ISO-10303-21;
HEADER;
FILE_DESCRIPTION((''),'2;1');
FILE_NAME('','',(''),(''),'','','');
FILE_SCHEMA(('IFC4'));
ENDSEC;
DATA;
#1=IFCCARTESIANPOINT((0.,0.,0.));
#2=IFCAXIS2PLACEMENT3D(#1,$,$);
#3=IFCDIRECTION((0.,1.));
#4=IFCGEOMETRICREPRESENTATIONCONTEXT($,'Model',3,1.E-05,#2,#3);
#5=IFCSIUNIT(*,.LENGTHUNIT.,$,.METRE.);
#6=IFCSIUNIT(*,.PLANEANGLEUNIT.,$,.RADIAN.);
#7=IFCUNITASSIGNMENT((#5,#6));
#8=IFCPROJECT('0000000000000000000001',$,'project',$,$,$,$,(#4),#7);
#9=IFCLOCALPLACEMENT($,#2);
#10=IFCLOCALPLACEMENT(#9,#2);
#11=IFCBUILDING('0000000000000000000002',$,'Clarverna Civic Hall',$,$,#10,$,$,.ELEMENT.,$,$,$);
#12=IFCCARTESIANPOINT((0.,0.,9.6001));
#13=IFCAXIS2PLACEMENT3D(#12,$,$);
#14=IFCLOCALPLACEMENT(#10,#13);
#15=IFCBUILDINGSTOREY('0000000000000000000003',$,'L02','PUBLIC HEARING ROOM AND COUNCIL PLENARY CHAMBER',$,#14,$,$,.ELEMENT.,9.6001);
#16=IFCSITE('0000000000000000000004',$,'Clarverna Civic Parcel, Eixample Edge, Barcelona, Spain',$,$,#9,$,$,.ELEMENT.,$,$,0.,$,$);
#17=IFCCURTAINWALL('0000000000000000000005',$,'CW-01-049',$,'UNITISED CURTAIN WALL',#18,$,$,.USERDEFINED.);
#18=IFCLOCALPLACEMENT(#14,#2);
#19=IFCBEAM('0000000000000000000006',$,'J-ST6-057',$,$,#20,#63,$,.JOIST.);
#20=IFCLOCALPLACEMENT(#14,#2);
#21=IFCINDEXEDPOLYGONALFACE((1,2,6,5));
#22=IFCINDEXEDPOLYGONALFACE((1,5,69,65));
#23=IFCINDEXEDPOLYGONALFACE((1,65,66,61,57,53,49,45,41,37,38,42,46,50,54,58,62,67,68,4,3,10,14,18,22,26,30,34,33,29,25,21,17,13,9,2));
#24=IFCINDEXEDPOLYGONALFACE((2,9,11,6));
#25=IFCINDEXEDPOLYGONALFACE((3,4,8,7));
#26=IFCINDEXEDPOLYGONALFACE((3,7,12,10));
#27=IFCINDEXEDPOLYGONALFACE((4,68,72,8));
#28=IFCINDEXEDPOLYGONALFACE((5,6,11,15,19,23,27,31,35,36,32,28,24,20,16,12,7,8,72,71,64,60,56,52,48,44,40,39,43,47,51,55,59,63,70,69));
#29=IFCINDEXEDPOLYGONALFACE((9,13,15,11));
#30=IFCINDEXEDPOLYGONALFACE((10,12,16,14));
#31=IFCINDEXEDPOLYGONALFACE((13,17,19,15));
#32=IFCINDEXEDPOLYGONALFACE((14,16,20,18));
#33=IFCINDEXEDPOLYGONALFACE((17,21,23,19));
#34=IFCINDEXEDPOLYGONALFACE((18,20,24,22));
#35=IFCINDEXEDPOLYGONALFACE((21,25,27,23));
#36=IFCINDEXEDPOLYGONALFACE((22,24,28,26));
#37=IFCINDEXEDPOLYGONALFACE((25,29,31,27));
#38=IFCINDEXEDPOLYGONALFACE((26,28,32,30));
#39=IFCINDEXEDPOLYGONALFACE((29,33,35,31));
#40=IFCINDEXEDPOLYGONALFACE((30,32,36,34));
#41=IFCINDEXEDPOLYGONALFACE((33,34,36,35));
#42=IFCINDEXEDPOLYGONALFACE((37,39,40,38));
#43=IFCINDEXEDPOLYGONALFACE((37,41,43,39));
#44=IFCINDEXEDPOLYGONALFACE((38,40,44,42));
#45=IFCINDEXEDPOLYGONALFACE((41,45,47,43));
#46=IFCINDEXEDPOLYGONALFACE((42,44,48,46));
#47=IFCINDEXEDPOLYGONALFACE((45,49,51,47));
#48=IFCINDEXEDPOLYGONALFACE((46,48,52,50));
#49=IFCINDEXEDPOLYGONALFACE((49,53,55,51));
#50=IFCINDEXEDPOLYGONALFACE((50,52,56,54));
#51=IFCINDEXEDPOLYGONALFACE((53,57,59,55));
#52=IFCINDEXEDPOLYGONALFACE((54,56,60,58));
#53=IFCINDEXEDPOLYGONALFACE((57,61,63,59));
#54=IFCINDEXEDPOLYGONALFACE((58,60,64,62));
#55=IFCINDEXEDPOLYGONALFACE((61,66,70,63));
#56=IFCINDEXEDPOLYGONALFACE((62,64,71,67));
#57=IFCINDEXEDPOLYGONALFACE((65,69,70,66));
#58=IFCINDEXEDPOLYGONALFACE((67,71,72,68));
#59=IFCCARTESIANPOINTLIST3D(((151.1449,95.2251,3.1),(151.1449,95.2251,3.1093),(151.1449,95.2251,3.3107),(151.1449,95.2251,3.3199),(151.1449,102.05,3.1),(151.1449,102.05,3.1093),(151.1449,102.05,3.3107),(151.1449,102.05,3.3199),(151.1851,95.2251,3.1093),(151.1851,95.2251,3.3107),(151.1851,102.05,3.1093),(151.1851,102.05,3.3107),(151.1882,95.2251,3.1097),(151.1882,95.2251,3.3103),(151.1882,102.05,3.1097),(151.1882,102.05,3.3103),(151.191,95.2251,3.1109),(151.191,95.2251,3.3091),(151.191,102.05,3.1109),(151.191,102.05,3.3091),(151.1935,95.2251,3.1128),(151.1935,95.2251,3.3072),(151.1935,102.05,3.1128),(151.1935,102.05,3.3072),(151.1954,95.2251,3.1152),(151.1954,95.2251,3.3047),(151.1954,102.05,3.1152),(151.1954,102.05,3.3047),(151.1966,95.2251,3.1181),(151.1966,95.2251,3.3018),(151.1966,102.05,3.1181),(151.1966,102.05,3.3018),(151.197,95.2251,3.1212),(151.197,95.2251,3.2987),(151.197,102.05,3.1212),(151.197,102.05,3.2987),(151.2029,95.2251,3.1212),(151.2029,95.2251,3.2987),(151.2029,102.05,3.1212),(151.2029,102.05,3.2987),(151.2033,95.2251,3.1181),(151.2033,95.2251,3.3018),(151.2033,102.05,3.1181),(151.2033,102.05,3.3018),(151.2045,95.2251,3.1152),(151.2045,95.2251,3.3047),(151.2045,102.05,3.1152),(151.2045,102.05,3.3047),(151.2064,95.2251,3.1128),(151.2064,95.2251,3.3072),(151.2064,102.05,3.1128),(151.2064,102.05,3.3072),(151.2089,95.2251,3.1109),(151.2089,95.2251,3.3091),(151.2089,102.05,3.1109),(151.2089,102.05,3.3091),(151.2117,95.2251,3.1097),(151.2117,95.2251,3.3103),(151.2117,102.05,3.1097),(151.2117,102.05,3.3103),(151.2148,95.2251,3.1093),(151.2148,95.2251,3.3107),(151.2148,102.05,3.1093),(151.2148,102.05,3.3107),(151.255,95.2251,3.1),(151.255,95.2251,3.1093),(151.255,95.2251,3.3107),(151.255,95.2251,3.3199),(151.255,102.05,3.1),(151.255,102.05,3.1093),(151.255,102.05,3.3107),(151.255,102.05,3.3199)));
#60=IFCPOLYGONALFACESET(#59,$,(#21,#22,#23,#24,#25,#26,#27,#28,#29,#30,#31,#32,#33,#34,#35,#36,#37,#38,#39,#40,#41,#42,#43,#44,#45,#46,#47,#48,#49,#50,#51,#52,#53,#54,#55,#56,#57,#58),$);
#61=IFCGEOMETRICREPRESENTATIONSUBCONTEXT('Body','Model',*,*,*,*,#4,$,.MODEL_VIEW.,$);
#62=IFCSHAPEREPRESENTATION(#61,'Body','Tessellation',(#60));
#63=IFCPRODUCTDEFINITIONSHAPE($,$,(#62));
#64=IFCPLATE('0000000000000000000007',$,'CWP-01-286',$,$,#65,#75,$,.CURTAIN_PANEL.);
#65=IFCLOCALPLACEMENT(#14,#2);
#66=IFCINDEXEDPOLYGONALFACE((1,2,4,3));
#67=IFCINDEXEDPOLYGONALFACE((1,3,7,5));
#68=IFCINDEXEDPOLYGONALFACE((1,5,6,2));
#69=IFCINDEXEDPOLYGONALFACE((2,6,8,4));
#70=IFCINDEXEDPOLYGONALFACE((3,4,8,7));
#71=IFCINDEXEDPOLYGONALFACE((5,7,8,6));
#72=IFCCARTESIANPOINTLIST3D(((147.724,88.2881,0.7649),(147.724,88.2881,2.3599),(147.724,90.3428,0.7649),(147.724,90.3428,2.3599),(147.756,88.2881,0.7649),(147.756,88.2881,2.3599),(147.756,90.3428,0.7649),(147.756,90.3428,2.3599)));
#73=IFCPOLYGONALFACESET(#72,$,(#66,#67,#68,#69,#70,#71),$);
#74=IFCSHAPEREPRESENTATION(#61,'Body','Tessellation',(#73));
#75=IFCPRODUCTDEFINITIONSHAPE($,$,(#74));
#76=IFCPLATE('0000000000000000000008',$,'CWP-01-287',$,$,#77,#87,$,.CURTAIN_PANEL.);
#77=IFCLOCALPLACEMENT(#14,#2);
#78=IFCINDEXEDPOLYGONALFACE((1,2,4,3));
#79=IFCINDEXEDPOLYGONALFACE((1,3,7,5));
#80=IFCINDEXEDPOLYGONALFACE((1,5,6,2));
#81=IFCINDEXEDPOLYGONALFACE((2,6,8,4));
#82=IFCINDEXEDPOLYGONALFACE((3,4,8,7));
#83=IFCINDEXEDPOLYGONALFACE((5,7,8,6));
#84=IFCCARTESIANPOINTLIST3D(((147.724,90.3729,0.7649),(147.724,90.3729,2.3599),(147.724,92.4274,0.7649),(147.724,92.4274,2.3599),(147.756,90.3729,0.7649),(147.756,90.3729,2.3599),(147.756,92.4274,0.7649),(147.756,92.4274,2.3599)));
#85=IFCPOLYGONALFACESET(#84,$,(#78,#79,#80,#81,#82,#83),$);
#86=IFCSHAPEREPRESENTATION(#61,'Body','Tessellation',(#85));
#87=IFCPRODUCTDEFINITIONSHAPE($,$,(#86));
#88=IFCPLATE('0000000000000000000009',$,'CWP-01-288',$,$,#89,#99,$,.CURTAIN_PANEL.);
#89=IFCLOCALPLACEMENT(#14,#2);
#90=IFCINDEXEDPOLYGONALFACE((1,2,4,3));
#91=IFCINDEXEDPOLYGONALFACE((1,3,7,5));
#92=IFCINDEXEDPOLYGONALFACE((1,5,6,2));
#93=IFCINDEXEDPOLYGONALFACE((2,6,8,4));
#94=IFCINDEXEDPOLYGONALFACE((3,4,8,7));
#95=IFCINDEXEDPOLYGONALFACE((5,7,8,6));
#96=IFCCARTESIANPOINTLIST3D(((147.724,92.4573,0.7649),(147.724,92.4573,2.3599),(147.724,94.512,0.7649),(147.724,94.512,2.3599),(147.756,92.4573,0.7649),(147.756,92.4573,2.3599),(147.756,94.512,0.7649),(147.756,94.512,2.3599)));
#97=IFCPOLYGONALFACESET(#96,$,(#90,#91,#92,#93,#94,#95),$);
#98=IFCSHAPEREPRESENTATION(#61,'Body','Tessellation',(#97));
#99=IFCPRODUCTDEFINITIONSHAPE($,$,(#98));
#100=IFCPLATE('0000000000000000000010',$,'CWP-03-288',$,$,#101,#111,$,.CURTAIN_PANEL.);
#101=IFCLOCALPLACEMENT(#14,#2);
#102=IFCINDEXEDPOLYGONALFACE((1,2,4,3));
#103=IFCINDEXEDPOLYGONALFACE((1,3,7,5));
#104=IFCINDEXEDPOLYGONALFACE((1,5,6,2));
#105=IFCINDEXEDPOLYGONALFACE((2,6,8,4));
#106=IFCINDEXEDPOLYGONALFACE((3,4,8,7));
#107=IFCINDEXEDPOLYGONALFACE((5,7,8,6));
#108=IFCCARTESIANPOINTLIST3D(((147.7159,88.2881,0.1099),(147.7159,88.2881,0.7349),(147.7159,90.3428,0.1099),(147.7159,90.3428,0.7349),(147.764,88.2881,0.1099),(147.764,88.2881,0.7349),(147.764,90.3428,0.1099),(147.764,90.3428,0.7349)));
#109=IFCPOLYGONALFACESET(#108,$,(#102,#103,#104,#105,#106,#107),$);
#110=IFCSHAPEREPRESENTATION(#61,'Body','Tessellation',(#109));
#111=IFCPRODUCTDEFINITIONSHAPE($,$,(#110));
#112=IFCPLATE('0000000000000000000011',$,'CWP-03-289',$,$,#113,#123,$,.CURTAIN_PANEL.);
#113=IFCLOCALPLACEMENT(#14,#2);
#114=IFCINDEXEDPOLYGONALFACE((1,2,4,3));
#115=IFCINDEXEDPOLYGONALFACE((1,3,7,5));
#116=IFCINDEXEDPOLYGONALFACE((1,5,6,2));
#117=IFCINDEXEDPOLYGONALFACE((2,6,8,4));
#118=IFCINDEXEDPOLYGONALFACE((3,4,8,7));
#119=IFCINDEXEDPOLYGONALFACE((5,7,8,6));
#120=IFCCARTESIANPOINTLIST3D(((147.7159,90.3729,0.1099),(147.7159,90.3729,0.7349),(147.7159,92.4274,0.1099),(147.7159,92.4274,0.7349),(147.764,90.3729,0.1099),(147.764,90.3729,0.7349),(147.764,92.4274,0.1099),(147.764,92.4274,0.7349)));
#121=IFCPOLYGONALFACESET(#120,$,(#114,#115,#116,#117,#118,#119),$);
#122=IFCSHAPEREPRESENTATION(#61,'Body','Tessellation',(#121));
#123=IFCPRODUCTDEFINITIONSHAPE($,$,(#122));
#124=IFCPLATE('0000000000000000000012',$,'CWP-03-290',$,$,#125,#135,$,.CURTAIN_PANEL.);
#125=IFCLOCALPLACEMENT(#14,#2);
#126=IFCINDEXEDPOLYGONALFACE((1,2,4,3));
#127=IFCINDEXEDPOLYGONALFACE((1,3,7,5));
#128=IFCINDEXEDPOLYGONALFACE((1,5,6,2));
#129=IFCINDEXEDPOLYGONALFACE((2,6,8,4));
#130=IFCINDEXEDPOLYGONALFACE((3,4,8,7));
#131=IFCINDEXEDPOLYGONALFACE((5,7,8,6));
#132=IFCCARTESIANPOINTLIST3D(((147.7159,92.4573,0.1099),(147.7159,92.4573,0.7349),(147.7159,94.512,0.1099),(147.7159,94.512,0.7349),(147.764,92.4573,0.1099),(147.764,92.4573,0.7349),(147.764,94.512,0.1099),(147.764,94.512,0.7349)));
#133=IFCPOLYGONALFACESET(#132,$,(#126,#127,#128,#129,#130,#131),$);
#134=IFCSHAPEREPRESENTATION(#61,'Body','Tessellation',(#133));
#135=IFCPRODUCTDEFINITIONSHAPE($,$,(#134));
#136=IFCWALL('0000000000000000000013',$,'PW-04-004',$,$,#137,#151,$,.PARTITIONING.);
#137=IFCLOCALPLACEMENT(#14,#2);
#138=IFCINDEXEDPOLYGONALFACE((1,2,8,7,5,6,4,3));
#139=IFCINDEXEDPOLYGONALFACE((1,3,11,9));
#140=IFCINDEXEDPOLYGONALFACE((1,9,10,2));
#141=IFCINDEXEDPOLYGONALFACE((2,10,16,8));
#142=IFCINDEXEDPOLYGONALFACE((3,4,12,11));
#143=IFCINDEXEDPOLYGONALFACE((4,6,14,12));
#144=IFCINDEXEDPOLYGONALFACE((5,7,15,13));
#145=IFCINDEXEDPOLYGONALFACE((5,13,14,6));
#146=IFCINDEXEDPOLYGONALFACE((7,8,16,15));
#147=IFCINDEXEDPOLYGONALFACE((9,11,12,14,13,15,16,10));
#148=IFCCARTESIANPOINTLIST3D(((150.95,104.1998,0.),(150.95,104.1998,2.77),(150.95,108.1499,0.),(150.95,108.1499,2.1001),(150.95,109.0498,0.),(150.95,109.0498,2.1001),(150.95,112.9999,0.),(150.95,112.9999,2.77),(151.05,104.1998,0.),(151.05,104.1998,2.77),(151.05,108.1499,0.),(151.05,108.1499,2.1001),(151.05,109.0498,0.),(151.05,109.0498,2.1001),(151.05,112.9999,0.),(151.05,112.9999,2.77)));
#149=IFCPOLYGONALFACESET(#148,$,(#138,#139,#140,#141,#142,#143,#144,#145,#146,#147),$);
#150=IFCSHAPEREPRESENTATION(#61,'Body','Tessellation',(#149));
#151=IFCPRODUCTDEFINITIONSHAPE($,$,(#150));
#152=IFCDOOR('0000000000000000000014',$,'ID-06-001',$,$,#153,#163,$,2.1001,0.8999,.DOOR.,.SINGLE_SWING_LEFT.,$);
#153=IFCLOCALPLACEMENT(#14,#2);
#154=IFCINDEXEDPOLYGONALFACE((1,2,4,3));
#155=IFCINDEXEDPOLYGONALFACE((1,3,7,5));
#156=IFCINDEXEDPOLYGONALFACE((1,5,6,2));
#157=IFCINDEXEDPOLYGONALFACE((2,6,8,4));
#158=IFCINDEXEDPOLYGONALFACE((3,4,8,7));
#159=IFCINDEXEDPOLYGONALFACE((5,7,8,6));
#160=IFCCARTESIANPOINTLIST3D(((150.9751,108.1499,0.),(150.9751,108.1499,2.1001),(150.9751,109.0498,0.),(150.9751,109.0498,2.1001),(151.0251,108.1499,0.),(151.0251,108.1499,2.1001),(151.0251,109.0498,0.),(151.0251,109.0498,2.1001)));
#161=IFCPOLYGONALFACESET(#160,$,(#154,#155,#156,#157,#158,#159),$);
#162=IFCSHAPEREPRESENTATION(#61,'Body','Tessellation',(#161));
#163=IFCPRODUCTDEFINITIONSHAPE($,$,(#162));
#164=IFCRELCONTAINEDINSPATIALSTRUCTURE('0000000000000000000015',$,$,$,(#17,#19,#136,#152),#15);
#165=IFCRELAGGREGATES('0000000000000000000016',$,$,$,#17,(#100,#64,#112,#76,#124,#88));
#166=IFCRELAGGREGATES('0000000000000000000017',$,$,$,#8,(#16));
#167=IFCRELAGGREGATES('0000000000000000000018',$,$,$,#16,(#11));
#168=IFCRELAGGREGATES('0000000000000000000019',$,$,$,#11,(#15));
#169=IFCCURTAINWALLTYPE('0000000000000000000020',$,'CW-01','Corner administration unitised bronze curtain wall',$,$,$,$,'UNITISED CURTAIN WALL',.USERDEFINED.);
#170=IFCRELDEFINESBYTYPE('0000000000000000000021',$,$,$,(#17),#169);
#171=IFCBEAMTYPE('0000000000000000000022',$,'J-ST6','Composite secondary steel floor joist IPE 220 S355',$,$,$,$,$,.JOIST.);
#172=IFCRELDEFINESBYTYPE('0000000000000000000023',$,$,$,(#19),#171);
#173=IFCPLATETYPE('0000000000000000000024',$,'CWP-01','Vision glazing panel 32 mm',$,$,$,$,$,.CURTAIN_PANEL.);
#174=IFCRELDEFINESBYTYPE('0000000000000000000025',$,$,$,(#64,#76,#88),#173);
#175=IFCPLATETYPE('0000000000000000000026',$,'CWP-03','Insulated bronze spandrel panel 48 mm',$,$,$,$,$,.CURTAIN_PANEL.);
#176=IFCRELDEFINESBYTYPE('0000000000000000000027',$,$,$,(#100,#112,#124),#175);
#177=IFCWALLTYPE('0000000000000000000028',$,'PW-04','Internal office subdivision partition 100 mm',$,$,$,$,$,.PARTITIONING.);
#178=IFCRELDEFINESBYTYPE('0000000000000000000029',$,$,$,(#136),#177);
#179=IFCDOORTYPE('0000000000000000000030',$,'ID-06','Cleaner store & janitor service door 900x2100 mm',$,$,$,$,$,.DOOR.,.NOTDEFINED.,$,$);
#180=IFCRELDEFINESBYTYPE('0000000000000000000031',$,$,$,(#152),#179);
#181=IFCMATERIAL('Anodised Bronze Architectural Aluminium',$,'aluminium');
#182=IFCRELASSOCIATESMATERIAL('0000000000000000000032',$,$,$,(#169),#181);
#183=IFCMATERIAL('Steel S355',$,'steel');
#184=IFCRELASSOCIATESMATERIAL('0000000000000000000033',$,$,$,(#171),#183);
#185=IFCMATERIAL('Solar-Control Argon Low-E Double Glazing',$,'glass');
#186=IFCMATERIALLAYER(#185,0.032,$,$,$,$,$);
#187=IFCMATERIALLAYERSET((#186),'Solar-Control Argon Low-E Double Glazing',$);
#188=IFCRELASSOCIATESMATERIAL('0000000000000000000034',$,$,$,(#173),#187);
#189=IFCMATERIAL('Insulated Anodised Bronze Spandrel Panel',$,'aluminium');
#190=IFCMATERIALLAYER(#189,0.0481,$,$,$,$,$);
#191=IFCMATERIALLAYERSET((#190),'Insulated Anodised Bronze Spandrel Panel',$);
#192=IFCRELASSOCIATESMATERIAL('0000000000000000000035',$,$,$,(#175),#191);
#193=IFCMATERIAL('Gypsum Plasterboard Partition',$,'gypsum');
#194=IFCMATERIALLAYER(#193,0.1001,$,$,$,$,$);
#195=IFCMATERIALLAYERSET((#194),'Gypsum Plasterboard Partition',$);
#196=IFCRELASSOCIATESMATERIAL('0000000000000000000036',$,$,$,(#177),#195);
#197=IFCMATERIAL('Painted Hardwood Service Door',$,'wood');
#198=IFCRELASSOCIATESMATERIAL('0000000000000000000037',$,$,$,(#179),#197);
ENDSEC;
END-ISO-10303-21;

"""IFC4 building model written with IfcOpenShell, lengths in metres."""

from ifc_helpers import new_model, si_unit, direction, frame, frame_2d, origin, origin_2d, place, context, subcontext, project, spatial, rectangle, i_section, extrude, material, layer, layer_set, material_profile, profile_set, type_object, element, fill, aggregate, save


model = new_model("IFC4")

# Units and contexts
model_context = context("Model", 3, precision=1e-05, world=origin(), true_north=direction((0.0, 1.0)))
body_context = subcontext(model_context, "Body", "Model", "MODEL_VIEW")
ifc_project = project(units=[si_unit("LENGTHUNIT", "METRE"), si_unit("PLANEANGLEUNIT", "RADIAN")], contexts=[model_context])

# Site, building, storey
site_placement = place(None, origin())
site = spatial("IfcSite", under=ifc_project, at=site_placement, Name="Clarverna Civic Parcel, Eixample Edge, Barcelona, Spain", CompositionType="ELEMENT", RefElevation=0.0)
building_placement = place(site_placement, origin())
building = spatial("IfcBuilding", under=site, at=building_placement, Name="Clarverna Civic Hall", CompositionType="ELEMENT")
storey_placement = place(building_placement, frame((0.0, 0.0, 9.6001)))
storey = spatial("IfcBuildingStorey", under=building, at=storey_placement, Name="L02", Description="PUBLIC HEARING ROOM AND COUNCIL PLENARY CHAMBER", CompositionType="ELEMENT", Elevation=9.6001)

# Shared definitions
ifc_material_1 = material(Name="Steel S355", Category="steel")

# Curtain wall
ifc_material_2 = material(Name="Anodised Bronze Architectural Aluminium", Category="aluminium")
curtain_wall_type = type_object("IfcCurtainWallType", Name="CW-01", Description="Corner administration unitised bronze curtain wall", ElementType="UNITISED CURTAIN WALL", PredefinedType="USERDEFINED", material=ifc_material_2)
curtain_wall_placement = place(storey_placement, origin())
curtain_wall = element("IfcCurtainWall", 1, at=curtain_wall_placement, inside=storey, type_object=curtain_wall_type, Name="CW-01-049", ObjectType="UNITISED CURTAIN WALL", PredefinedType="USERDEFINED")

# Beam
ifc_material_profile_1 = material_profile(ifc_material_1, i_section(OverallWidth=0.1101, OverallDepth=0.22, WebThickness=0.0059, FlangeThickness=0.0093, FilletRadius=0.012, at=origin_2d()), Name="IPE 220")
ifc_profile_set_1 = profile_set([ifc_material_profile_1], Name="Steel S355")
beam_type_1 = type_object("IfcBeamType", Name="J-ST6", Description="Composite secondary steel floor joist IPE 220 S355", PredefinedType="JOIST", material=ifc_profile_set_1)
beam_1_placement = place(storey_placement, frame((151.2, 95.2251, 3.21), z_axis=(0.0, 1.0, 0.0), x_axis=(-1.0, 0.0, 0.0)))
element("IfcBeam", 2, at=beam_1_placement, inside=storey, type_object=beam_type_1, Name="J-ST6-057", PredefinedType="JOIST", context=body_context, shape_type="SweptSolid", body=[
    extrude(i_section(OverallWidth=0.1101, OverallDepth=0.22, WebThickness=0.0059, FlangeThickness=0.0093, FilletRadius=0.012, at=origin_2d()), origin(), (0.0, 0.0, 1.0), 6.825),
])

# Plates
ifc_material_3 = material(Name="Solar-Control Argon Low-E Double Glazing", Category="glass")
ifc_layer_1 = layer(ifc_material_3, 0.032)
ifc_layer_set_1 = layer_set([ifc_layer_1], Name="Solar-Control Argon Low-E Double Glazing")
plate_type_1 = type_object("IfcPlateType", Name="CWP-01", Description="Vision glazing panel 32 mm", PredefinedType="CURTAIN_PANEL", material=ifc_layer_set_1)
plate_1_placement = place(storey_placement, frame((147.74, 88.2881, 0.7649), z_axis=(0.0, 0.0, 1.0), x_axis=(0.0, 1.0, 0.0)))
plate_1 = element("IfcPlate", 3, at=plate_1_placement, type_object=plate_type_1, Name="CWP-01-286", PredefinedType="CURTAIN_PANEL", context=body_context, shape_type="SweptSolid", body=[
    extrude(rectangle(XDim=2.0547, YDim=0.032, at=frame_2d((1.0273, 0.0))), origin(), (0.0, 0.0, 1.0), 1.595),
])
plate_2_placement = place(storey_placement, frame((147.74, 90.3728, 0.7649), z_axis=(0.0, 0.0, 1.0), x_axis=(0.0, 1.0, 0.0)))
plate_2 = element("IfcPlate", 4, at=plate_2_placement, type_object=plate_type_1, Name="CWP-01-287", PredefinedType="CURTAIN_PANEL", context=body_context, shape_type="SweptSolid", body=[
    extrude(rectangle(XDim=2.0544, YDim=0.032, at=frame_2d((1.0273, 0.0))), origin(), (0.0, 0.0, 1.0), 1.595),
])
plate_3_placement = place(storey_placement, frame((147.74, 92.4573, 0.7649), z_axis=(0.0, 0.0, 1.0), x_axis=(0.0, 1.0, 0.0)))
plate_3 = element("IfcPlate", 5, at=plate_3_placement, type_object=plate_type_1, Name="CWP-01-288", PredefinedType="CURTAIN_PANEL", context=body_context, shape_type="SweptSolid", body=[
    extrude(rectangle(XDim=2.0547, YDim=0.032, at=frame_2d((1.0273, 0.0))), origin(), (0.0, 0.0, 1.0), 1.595),
])
ifc_material_4 = material(Name="Insulated Anodised Bronze Spandrel Panel", Category="aluminium")
ifc_layer_2 = layer(ifc_material_4, 0.0481)
ifc_layer_set_2 = layer_set([ifc_layer_2], Name="Insulated Anodised Bronze Spandrel Panel")
plate_type_2 = type_object("IfcPlateType", Name="CWP-03", Description="Insulated bronze spandrel panel 48 mm", PredefinedType="CURTAIN_PANEL", material=ifc_layer_set_2)
plate_4_placement = place(storey_placement, frame((147.74, 88.2881, 0.1099), z_axis=(0.0, 0.0, 1.0), x_axis=(0.0, 1.0, 0.0)))
plate_4 = element("IfcPlate", 6, at=plate_4_placement, type_object=plate_type_2, Name="CWP-03-288", PredefinedType="CURTAIN_PANEL", context=body_context, shape_type="SweptSolid", body=[
    extrude(rectangle(XDim=2.0547, YDim=0.0481, at=frame_2d((1.0273, 0.0))), origin(), (0.0, 0.0, 1.0), 0.625),
])
plate_5_placement = place(storey_placement, frame((147.74, 90.3728, 0.1099), z_axis=(0.0, 0.0, 1.0), x_axis=(0.0, 1.0, 0.0)))
plate_5 = element("IfcPlate", 7, at=plate_5_placement, type_object=plate_type_2, Name="CWP-03-289", PredefinedType="CURTAIN_PANEL", context=body_context, shape_type="SweptSolid", body=[
    extrude(rectangle(XDim=2.0544, YDim=0.0481, at=frame_2d((1.0273, 0.0))), origin(), (0.0, 0.0, 1.0), 0.625),
])
plate_6_placement = place(storey_placement, frame((147.74, 92.4573, 0.1099), z_axis=(0.0, 0.0, 1.0), x_axis=(0.0, 1.0, 0.0)))
plate_6 = element("IfcPlate", 8, at=plate_6_placement, type_object=plate_type_2, Name="CWP-03-290", PredefinedType="CURTAIN_PANEL", context=body_context, shape_type="SweptSolid", body=[
    extrude(rectangle(XDim=2.0547, YDim=0.0481, at=frame_2d((1.0273, 0.0))), origin(), (0.0, 0.0, 1.0), 0.625),
])
aggregate(curtain_wall, [plate_4, plate_1, plate_5, plate_2, plate_6, plate_3])

# Wall, opening, door
ifc_material_5 = material(Name="Gypsum Plasterboard Partition", Category="gypsum")
ifc_layer_3 = layer(ifc_material_5, 0.1001)
ifc_layer_set_3 = layer_set([ifc_layer_3], Name="Gypsum Plasterboard Partition")
wall_type = type_object("IfcWallType", Name="PW-04", Description="Internal office subdivision partition 100 mm", PredefinedType="PARTITIONING", material=ifc_layer_set_3)
wall_placement = place(storey_placement, frame((151.0, 104.2, 0.0), z_axis=(0.0, 0.0, 1.0), x_axis=(0.0, 1.0, 0.0)))
wall = element("IfcWall", 9, at=wall_placement, inside=storey, type_object=wall_type, Name="PW-04-004", PredefinedType="PARTITIONING", context=body_context, shape_type="SweptSolid", body=[
    extrude(rectangle(XDim=8.8, YDim=0.1001, at=frame_2d((4.3999, 0.0))), origin(), (0.0, 0.0, 1.0), 2.77),
])
opening_placement = place(wall_placement, frame((3.95, 0.0, 0.0)))
opening = element("IfcOpeningElement", 10, at=opening_placement, cuts=wall, PredefinedType="OPENING", context=body_context, shape_type="SweptSolid", body=[
    extrude(rectangle(XDim=0.8999, YDim=2.1001, at=frame_2d((0.45, 1.05))), frame((0.0, 0.0601, 0.0), z_axis=(0.0, -1.0, 0.0), x_axis=(1.0, 0.0, 0.0)), (0.0, 0.0, 1.0), 0.1201),
])
ifc_material_6 = material(Name="Painted Hardwood Service Door", Category="wood")
door_type = type_object("IfcDoorType", Name="ID-06", Description="Cleaner store & janitor service door 900x2100 mm", OperationType="NOTDEFINED", PredefinedType="DOOR", material=ifc_material_6)
door_placement = place(opening_placement, origin())
door = element("IfcDoor", 11, at=door_placement, inside=storey, type_object=door_type, Name="ID-06-001", OperationType="SINGLE_SWING_LEFT", OverallHeight=2.1001, OverallWidth=0.8999, PredefinedType="DOOR", context=body_context, shape_type="SweptSolid", body=[
    extrude(rectangle(XDim=0.8999, YDim=2.1001, at=frame_2d((0.45, 1.05))), frame((0.0, 0.0249, 0.0), z_axis=(0.0, -1.0, 0.0), x_axis=(1.0, 0.0, 0.0)), (0.0, 0.0, 1.0), 0.05),
])
fill(opening, door)

save(model, "model.ifc")
